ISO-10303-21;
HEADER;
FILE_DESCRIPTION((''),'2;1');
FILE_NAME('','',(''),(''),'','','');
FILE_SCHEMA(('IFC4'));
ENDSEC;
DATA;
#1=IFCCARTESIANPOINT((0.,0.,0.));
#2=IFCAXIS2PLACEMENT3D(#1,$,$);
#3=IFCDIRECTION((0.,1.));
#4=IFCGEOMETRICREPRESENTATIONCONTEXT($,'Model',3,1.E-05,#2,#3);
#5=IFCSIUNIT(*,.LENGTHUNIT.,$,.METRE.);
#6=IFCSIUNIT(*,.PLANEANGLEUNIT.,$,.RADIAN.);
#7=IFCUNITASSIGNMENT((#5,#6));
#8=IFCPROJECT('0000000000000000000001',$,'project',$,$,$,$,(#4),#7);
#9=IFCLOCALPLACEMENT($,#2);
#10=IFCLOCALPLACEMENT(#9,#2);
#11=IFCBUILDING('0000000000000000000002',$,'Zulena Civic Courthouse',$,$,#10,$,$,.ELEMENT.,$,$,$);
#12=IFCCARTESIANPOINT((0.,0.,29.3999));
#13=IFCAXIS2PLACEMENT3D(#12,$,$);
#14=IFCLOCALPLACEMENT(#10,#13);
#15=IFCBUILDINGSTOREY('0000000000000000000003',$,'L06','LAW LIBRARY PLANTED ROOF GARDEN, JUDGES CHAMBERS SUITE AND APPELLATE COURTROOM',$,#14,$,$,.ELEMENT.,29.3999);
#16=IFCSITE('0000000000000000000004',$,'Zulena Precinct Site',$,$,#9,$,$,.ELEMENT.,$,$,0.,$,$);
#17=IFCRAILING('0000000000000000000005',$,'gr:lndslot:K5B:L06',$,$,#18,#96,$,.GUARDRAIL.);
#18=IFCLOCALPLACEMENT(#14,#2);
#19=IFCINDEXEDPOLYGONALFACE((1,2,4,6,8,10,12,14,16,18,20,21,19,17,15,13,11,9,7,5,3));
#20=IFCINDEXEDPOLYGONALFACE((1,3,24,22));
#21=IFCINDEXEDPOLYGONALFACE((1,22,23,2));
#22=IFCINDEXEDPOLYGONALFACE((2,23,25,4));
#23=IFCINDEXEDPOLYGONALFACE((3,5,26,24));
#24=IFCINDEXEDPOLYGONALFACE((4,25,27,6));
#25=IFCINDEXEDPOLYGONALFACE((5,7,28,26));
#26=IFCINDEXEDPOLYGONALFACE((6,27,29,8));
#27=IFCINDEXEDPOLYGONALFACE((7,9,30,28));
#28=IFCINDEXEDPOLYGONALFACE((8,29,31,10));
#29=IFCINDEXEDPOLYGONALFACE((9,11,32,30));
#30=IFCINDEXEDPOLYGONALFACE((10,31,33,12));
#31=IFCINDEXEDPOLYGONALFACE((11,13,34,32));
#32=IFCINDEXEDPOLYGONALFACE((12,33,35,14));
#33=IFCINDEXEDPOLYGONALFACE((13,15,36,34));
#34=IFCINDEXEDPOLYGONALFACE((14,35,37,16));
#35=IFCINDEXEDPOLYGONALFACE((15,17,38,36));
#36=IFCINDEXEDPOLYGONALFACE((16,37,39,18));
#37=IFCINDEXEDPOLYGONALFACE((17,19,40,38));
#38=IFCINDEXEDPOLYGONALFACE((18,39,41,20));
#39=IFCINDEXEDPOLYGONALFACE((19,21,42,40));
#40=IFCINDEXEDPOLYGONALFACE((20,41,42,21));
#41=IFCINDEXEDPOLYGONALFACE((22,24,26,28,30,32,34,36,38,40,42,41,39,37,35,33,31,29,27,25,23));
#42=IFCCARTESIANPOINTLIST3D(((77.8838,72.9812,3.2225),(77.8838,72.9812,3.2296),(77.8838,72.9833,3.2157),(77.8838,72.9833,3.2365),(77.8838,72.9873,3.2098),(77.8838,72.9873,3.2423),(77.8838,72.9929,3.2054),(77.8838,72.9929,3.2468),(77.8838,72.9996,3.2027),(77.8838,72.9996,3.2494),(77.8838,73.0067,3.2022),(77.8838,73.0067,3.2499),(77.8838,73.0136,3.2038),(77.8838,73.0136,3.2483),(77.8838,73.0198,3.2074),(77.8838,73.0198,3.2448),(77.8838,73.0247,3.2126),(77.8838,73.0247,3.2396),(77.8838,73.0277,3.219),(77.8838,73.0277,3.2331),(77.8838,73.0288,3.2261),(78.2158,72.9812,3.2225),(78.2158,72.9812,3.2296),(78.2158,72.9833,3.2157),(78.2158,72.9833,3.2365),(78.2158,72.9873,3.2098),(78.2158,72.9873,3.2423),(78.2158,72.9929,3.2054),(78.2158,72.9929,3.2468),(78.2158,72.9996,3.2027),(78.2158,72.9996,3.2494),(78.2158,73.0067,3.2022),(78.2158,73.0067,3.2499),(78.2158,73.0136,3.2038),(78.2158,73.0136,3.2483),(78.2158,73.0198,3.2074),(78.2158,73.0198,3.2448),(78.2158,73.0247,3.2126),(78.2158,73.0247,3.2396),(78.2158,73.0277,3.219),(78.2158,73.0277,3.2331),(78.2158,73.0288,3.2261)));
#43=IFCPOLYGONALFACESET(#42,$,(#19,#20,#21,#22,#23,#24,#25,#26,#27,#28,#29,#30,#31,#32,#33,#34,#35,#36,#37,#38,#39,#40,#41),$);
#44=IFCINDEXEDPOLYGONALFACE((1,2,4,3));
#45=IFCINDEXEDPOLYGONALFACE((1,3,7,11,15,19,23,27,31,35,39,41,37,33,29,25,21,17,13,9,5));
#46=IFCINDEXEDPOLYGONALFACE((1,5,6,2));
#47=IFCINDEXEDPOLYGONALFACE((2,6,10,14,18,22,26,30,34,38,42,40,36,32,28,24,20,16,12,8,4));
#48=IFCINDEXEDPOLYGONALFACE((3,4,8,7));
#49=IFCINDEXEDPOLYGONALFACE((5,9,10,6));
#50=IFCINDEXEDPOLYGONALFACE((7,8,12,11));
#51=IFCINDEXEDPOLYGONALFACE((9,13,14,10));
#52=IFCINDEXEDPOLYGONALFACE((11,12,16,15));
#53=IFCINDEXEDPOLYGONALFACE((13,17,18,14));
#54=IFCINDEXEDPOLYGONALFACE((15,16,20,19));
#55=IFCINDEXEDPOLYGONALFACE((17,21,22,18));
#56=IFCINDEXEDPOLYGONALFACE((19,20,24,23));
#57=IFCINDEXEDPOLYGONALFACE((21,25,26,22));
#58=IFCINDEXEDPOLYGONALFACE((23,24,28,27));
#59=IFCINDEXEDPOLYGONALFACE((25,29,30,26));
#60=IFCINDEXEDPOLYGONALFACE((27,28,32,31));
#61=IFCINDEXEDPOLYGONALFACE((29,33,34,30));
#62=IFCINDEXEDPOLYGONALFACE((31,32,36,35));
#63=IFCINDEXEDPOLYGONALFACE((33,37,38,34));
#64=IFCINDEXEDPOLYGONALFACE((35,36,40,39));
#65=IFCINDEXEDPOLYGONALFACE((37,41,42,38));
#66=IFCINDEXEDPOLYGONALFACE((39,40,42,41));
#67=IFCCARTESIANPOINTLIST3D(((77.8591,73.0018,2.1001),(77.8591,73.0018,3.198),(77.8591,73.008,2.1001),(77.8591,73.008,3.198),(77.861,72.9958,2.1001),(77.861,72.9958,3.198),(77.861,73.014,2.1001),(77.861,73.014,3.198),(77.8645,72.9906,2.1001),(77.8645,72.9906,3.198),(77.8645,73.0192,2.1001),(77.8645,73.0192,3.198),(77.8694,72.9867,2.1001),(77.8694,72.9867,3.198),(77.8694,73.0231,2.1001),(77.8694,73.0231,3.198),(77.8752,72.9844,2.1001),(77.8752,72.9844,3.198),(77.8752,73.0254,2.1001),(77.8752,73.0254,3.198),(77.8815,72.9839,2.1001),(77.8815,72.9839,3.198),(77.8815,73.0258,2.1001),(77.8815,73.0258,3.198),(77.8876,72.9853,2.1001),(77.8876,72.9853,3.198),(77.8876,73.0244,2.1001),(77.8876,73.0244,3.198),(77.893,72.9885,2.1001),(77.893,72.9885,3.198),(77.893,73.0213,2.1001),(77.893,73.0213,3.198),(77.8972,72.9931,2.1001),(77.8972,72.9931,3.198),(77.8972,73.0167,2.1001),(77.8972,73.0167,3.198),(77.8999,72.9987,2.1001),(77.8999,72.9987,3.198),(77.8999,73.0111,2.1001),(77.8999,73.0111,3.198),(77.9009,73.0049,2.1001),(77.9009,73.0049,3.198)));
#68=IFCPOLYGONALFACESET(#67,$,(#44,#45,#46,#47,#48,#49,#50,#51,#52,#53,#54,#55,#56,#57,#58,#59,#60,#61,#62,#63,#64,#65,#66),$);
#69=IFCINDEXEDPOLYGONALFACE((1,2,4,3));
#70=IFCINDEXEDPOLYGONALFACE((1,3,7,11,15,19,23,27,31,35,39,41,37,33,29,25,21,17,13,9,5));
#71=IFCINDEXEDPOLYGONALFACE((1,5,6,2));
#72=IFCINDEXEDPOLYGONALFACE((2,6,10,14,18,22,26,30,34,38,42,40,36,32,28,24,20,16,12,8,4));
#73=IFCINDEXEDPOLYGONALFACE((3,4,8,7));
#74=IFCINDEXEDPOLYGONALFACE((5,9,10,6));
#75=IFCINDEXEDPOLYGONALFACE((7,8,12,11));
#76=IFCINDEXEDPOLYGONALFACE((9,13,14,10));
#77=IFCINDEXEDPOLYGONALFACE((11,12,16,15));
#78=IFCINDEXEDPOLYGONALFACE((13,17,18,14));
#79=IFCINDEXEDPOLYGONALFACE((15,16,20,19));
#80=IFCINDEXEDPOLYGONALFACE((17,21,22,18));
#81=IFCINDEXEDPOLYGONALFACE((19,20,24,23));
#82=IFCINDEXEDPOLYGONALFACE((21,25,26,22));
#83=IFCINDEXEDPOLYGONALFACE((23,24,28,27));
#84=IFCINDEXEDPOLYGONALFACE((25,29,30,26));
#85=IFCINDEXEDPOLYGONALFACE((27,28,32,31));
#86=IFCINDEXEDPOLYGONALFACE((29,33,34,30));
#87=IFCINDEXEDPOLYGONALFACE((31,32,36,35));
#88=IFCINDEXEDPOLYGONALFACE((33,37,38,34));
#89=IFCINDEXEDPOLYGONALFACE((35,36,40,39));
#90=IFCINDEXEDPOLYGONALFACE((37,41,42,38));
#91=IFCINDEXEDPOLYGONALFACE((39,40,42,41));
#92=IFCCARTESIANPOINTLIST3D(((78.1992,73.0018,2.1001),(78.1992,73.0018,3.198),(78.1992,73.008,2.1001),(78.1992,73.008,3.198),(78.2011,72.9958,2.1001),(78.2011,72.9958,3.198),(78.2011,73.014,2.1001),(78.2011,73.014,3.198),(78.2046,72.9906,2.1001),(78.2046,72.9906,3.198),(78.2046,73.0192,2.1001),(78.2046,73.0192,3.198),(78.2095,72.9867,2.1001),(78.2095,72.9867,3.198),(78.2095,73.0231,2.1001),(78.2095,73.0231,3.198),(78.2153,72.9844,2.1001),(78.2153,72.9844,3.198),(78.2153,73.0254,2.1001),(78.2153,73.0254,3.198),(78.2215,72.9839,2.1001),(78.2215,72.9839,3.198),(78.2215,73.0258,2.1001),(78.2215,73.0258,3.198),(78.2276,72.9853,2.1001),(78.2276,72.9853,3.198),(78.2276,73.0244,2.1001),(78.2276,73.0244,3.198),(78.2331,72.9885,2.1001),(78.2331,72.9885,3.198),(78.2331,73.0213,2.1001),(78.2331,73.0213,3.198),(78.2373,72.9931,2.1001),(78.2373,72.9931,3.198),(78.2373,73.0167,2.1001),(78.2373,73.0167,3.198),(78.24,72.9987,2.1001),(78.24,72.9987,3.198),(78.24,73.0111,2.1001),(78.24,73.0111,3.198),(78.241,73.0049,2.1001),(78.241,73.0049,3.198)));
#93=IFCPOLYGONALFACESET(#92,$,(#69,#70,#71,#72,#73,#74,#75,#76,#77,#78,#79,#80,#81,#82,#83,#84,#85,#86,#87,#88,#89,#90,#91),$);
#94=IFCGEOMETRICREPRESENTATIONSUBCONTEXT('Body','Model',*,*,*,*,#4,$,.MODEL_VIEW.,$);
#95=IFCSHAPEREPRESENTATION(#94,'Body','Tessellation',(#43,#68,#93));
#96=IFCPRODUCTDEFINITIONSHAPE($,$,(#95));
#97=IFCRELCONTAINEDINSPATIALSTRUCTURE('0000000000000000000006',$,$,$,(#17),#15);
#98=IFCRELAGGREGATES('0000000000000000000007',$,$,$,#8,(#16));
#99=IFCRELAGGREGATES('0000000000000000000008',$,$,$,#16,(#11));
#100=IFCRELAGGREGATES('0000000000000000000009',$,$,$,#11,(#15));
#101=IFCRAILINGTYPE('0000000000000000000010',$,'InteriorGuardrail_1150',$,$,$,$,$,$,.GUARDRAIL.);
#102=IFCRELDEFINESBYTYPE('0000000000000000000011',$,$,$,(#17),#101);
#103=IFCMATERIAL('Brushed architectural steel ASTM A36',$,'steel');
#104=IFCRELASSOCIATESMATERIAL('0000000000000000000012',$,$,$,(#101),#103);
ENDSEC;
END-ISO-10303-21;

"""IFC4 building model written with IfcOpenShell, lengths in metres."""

from ifc_helpers import new_model, si_unit, direction, frame, origin, origin_2d, place, context, subcontext, project, spatial, circle, extrude, material, type_object, element, save


model = new_model("IFC4")

# Units and contexts
model_context = context("Model", 3, precision=1e-05, world=origin(), true_north=direction((0.0, 1.0)))
body_context = subcontext(model_context, "Body", "Model", "MODEL_VIEW")
ifc_project = project(units=[si_unit("LENGTHUNIT", "METRE"), si_unit("PLANEANGLEUNIT", "RADIAN")], contexts=[model_context])

# Site, building, storey
site_placement = place(None, origin())
site = spatial("IfcSite", under=ifc_project, at=site_placement, Name="Zulena Precinct Site", CompositionType="ELEMENT", RefElevation=0.0)
building_placement = place(site_placement, origin())
building = spatial("IfcBuilding", under=site, at=building_placement, Name="Zulena Civic Courthouse", CompositionType="ELEMENT")
storey_placement = place(building_placement, frame((0.0, 0.0, 29.3999)))
storey = spatial("IfcBuildingStorey", under=building, at=storey_placement, Name="L06", Description="LAW LIBRARY PLANTED ROOF GARDEN, JUDGES CHAMBERS SUITE AND APPELLATE COURTROOM", CompositionType="ELEMENT", Elevation=29.3999)

# Railing
ifc_material_1 = material(Name="Brushed architectural steel ASTM A36", Category="steel")
railing_type_1 = type_object("IfcRailingType", Name="InteriorGuardrail_1150", PredefinedType="GUARDRAIL", material=ifc_material_1)
railing_1_placement = place(storey_placement, frame((77.8799, 73.0049, 2.1001)))
element("IfcRailing", 1, at=railing_1_placement, inside=storey, type_object=railing_type_1, Name="gr:lndslot:K5B:L06", PredefinedType="GUARDRAIL", context=body_context, shape_type="SweptSolid", body=[
    extrude(circle(Radius=0.0239, at=origin_2d()), frame((0.0039, 0.0, 1.126), z_axis=(1.0, 0.0, 0.0), x_axis=(0.0, 1.0, 0.0)), (0.0, 0.0, 1.0), 0.332),
    extrude(circle(Radius=0.021, at=origin_2d()), origin(), (0.0, 0.0, 1.0), 1.0979),
    extrude(circle(Radius=0.021, at=origin_2d()), frame((0.3401, 0.0, 0.0)), (0.0, 0.0, 1.0), 1.0979),
])

save(model, "model.ifc")
